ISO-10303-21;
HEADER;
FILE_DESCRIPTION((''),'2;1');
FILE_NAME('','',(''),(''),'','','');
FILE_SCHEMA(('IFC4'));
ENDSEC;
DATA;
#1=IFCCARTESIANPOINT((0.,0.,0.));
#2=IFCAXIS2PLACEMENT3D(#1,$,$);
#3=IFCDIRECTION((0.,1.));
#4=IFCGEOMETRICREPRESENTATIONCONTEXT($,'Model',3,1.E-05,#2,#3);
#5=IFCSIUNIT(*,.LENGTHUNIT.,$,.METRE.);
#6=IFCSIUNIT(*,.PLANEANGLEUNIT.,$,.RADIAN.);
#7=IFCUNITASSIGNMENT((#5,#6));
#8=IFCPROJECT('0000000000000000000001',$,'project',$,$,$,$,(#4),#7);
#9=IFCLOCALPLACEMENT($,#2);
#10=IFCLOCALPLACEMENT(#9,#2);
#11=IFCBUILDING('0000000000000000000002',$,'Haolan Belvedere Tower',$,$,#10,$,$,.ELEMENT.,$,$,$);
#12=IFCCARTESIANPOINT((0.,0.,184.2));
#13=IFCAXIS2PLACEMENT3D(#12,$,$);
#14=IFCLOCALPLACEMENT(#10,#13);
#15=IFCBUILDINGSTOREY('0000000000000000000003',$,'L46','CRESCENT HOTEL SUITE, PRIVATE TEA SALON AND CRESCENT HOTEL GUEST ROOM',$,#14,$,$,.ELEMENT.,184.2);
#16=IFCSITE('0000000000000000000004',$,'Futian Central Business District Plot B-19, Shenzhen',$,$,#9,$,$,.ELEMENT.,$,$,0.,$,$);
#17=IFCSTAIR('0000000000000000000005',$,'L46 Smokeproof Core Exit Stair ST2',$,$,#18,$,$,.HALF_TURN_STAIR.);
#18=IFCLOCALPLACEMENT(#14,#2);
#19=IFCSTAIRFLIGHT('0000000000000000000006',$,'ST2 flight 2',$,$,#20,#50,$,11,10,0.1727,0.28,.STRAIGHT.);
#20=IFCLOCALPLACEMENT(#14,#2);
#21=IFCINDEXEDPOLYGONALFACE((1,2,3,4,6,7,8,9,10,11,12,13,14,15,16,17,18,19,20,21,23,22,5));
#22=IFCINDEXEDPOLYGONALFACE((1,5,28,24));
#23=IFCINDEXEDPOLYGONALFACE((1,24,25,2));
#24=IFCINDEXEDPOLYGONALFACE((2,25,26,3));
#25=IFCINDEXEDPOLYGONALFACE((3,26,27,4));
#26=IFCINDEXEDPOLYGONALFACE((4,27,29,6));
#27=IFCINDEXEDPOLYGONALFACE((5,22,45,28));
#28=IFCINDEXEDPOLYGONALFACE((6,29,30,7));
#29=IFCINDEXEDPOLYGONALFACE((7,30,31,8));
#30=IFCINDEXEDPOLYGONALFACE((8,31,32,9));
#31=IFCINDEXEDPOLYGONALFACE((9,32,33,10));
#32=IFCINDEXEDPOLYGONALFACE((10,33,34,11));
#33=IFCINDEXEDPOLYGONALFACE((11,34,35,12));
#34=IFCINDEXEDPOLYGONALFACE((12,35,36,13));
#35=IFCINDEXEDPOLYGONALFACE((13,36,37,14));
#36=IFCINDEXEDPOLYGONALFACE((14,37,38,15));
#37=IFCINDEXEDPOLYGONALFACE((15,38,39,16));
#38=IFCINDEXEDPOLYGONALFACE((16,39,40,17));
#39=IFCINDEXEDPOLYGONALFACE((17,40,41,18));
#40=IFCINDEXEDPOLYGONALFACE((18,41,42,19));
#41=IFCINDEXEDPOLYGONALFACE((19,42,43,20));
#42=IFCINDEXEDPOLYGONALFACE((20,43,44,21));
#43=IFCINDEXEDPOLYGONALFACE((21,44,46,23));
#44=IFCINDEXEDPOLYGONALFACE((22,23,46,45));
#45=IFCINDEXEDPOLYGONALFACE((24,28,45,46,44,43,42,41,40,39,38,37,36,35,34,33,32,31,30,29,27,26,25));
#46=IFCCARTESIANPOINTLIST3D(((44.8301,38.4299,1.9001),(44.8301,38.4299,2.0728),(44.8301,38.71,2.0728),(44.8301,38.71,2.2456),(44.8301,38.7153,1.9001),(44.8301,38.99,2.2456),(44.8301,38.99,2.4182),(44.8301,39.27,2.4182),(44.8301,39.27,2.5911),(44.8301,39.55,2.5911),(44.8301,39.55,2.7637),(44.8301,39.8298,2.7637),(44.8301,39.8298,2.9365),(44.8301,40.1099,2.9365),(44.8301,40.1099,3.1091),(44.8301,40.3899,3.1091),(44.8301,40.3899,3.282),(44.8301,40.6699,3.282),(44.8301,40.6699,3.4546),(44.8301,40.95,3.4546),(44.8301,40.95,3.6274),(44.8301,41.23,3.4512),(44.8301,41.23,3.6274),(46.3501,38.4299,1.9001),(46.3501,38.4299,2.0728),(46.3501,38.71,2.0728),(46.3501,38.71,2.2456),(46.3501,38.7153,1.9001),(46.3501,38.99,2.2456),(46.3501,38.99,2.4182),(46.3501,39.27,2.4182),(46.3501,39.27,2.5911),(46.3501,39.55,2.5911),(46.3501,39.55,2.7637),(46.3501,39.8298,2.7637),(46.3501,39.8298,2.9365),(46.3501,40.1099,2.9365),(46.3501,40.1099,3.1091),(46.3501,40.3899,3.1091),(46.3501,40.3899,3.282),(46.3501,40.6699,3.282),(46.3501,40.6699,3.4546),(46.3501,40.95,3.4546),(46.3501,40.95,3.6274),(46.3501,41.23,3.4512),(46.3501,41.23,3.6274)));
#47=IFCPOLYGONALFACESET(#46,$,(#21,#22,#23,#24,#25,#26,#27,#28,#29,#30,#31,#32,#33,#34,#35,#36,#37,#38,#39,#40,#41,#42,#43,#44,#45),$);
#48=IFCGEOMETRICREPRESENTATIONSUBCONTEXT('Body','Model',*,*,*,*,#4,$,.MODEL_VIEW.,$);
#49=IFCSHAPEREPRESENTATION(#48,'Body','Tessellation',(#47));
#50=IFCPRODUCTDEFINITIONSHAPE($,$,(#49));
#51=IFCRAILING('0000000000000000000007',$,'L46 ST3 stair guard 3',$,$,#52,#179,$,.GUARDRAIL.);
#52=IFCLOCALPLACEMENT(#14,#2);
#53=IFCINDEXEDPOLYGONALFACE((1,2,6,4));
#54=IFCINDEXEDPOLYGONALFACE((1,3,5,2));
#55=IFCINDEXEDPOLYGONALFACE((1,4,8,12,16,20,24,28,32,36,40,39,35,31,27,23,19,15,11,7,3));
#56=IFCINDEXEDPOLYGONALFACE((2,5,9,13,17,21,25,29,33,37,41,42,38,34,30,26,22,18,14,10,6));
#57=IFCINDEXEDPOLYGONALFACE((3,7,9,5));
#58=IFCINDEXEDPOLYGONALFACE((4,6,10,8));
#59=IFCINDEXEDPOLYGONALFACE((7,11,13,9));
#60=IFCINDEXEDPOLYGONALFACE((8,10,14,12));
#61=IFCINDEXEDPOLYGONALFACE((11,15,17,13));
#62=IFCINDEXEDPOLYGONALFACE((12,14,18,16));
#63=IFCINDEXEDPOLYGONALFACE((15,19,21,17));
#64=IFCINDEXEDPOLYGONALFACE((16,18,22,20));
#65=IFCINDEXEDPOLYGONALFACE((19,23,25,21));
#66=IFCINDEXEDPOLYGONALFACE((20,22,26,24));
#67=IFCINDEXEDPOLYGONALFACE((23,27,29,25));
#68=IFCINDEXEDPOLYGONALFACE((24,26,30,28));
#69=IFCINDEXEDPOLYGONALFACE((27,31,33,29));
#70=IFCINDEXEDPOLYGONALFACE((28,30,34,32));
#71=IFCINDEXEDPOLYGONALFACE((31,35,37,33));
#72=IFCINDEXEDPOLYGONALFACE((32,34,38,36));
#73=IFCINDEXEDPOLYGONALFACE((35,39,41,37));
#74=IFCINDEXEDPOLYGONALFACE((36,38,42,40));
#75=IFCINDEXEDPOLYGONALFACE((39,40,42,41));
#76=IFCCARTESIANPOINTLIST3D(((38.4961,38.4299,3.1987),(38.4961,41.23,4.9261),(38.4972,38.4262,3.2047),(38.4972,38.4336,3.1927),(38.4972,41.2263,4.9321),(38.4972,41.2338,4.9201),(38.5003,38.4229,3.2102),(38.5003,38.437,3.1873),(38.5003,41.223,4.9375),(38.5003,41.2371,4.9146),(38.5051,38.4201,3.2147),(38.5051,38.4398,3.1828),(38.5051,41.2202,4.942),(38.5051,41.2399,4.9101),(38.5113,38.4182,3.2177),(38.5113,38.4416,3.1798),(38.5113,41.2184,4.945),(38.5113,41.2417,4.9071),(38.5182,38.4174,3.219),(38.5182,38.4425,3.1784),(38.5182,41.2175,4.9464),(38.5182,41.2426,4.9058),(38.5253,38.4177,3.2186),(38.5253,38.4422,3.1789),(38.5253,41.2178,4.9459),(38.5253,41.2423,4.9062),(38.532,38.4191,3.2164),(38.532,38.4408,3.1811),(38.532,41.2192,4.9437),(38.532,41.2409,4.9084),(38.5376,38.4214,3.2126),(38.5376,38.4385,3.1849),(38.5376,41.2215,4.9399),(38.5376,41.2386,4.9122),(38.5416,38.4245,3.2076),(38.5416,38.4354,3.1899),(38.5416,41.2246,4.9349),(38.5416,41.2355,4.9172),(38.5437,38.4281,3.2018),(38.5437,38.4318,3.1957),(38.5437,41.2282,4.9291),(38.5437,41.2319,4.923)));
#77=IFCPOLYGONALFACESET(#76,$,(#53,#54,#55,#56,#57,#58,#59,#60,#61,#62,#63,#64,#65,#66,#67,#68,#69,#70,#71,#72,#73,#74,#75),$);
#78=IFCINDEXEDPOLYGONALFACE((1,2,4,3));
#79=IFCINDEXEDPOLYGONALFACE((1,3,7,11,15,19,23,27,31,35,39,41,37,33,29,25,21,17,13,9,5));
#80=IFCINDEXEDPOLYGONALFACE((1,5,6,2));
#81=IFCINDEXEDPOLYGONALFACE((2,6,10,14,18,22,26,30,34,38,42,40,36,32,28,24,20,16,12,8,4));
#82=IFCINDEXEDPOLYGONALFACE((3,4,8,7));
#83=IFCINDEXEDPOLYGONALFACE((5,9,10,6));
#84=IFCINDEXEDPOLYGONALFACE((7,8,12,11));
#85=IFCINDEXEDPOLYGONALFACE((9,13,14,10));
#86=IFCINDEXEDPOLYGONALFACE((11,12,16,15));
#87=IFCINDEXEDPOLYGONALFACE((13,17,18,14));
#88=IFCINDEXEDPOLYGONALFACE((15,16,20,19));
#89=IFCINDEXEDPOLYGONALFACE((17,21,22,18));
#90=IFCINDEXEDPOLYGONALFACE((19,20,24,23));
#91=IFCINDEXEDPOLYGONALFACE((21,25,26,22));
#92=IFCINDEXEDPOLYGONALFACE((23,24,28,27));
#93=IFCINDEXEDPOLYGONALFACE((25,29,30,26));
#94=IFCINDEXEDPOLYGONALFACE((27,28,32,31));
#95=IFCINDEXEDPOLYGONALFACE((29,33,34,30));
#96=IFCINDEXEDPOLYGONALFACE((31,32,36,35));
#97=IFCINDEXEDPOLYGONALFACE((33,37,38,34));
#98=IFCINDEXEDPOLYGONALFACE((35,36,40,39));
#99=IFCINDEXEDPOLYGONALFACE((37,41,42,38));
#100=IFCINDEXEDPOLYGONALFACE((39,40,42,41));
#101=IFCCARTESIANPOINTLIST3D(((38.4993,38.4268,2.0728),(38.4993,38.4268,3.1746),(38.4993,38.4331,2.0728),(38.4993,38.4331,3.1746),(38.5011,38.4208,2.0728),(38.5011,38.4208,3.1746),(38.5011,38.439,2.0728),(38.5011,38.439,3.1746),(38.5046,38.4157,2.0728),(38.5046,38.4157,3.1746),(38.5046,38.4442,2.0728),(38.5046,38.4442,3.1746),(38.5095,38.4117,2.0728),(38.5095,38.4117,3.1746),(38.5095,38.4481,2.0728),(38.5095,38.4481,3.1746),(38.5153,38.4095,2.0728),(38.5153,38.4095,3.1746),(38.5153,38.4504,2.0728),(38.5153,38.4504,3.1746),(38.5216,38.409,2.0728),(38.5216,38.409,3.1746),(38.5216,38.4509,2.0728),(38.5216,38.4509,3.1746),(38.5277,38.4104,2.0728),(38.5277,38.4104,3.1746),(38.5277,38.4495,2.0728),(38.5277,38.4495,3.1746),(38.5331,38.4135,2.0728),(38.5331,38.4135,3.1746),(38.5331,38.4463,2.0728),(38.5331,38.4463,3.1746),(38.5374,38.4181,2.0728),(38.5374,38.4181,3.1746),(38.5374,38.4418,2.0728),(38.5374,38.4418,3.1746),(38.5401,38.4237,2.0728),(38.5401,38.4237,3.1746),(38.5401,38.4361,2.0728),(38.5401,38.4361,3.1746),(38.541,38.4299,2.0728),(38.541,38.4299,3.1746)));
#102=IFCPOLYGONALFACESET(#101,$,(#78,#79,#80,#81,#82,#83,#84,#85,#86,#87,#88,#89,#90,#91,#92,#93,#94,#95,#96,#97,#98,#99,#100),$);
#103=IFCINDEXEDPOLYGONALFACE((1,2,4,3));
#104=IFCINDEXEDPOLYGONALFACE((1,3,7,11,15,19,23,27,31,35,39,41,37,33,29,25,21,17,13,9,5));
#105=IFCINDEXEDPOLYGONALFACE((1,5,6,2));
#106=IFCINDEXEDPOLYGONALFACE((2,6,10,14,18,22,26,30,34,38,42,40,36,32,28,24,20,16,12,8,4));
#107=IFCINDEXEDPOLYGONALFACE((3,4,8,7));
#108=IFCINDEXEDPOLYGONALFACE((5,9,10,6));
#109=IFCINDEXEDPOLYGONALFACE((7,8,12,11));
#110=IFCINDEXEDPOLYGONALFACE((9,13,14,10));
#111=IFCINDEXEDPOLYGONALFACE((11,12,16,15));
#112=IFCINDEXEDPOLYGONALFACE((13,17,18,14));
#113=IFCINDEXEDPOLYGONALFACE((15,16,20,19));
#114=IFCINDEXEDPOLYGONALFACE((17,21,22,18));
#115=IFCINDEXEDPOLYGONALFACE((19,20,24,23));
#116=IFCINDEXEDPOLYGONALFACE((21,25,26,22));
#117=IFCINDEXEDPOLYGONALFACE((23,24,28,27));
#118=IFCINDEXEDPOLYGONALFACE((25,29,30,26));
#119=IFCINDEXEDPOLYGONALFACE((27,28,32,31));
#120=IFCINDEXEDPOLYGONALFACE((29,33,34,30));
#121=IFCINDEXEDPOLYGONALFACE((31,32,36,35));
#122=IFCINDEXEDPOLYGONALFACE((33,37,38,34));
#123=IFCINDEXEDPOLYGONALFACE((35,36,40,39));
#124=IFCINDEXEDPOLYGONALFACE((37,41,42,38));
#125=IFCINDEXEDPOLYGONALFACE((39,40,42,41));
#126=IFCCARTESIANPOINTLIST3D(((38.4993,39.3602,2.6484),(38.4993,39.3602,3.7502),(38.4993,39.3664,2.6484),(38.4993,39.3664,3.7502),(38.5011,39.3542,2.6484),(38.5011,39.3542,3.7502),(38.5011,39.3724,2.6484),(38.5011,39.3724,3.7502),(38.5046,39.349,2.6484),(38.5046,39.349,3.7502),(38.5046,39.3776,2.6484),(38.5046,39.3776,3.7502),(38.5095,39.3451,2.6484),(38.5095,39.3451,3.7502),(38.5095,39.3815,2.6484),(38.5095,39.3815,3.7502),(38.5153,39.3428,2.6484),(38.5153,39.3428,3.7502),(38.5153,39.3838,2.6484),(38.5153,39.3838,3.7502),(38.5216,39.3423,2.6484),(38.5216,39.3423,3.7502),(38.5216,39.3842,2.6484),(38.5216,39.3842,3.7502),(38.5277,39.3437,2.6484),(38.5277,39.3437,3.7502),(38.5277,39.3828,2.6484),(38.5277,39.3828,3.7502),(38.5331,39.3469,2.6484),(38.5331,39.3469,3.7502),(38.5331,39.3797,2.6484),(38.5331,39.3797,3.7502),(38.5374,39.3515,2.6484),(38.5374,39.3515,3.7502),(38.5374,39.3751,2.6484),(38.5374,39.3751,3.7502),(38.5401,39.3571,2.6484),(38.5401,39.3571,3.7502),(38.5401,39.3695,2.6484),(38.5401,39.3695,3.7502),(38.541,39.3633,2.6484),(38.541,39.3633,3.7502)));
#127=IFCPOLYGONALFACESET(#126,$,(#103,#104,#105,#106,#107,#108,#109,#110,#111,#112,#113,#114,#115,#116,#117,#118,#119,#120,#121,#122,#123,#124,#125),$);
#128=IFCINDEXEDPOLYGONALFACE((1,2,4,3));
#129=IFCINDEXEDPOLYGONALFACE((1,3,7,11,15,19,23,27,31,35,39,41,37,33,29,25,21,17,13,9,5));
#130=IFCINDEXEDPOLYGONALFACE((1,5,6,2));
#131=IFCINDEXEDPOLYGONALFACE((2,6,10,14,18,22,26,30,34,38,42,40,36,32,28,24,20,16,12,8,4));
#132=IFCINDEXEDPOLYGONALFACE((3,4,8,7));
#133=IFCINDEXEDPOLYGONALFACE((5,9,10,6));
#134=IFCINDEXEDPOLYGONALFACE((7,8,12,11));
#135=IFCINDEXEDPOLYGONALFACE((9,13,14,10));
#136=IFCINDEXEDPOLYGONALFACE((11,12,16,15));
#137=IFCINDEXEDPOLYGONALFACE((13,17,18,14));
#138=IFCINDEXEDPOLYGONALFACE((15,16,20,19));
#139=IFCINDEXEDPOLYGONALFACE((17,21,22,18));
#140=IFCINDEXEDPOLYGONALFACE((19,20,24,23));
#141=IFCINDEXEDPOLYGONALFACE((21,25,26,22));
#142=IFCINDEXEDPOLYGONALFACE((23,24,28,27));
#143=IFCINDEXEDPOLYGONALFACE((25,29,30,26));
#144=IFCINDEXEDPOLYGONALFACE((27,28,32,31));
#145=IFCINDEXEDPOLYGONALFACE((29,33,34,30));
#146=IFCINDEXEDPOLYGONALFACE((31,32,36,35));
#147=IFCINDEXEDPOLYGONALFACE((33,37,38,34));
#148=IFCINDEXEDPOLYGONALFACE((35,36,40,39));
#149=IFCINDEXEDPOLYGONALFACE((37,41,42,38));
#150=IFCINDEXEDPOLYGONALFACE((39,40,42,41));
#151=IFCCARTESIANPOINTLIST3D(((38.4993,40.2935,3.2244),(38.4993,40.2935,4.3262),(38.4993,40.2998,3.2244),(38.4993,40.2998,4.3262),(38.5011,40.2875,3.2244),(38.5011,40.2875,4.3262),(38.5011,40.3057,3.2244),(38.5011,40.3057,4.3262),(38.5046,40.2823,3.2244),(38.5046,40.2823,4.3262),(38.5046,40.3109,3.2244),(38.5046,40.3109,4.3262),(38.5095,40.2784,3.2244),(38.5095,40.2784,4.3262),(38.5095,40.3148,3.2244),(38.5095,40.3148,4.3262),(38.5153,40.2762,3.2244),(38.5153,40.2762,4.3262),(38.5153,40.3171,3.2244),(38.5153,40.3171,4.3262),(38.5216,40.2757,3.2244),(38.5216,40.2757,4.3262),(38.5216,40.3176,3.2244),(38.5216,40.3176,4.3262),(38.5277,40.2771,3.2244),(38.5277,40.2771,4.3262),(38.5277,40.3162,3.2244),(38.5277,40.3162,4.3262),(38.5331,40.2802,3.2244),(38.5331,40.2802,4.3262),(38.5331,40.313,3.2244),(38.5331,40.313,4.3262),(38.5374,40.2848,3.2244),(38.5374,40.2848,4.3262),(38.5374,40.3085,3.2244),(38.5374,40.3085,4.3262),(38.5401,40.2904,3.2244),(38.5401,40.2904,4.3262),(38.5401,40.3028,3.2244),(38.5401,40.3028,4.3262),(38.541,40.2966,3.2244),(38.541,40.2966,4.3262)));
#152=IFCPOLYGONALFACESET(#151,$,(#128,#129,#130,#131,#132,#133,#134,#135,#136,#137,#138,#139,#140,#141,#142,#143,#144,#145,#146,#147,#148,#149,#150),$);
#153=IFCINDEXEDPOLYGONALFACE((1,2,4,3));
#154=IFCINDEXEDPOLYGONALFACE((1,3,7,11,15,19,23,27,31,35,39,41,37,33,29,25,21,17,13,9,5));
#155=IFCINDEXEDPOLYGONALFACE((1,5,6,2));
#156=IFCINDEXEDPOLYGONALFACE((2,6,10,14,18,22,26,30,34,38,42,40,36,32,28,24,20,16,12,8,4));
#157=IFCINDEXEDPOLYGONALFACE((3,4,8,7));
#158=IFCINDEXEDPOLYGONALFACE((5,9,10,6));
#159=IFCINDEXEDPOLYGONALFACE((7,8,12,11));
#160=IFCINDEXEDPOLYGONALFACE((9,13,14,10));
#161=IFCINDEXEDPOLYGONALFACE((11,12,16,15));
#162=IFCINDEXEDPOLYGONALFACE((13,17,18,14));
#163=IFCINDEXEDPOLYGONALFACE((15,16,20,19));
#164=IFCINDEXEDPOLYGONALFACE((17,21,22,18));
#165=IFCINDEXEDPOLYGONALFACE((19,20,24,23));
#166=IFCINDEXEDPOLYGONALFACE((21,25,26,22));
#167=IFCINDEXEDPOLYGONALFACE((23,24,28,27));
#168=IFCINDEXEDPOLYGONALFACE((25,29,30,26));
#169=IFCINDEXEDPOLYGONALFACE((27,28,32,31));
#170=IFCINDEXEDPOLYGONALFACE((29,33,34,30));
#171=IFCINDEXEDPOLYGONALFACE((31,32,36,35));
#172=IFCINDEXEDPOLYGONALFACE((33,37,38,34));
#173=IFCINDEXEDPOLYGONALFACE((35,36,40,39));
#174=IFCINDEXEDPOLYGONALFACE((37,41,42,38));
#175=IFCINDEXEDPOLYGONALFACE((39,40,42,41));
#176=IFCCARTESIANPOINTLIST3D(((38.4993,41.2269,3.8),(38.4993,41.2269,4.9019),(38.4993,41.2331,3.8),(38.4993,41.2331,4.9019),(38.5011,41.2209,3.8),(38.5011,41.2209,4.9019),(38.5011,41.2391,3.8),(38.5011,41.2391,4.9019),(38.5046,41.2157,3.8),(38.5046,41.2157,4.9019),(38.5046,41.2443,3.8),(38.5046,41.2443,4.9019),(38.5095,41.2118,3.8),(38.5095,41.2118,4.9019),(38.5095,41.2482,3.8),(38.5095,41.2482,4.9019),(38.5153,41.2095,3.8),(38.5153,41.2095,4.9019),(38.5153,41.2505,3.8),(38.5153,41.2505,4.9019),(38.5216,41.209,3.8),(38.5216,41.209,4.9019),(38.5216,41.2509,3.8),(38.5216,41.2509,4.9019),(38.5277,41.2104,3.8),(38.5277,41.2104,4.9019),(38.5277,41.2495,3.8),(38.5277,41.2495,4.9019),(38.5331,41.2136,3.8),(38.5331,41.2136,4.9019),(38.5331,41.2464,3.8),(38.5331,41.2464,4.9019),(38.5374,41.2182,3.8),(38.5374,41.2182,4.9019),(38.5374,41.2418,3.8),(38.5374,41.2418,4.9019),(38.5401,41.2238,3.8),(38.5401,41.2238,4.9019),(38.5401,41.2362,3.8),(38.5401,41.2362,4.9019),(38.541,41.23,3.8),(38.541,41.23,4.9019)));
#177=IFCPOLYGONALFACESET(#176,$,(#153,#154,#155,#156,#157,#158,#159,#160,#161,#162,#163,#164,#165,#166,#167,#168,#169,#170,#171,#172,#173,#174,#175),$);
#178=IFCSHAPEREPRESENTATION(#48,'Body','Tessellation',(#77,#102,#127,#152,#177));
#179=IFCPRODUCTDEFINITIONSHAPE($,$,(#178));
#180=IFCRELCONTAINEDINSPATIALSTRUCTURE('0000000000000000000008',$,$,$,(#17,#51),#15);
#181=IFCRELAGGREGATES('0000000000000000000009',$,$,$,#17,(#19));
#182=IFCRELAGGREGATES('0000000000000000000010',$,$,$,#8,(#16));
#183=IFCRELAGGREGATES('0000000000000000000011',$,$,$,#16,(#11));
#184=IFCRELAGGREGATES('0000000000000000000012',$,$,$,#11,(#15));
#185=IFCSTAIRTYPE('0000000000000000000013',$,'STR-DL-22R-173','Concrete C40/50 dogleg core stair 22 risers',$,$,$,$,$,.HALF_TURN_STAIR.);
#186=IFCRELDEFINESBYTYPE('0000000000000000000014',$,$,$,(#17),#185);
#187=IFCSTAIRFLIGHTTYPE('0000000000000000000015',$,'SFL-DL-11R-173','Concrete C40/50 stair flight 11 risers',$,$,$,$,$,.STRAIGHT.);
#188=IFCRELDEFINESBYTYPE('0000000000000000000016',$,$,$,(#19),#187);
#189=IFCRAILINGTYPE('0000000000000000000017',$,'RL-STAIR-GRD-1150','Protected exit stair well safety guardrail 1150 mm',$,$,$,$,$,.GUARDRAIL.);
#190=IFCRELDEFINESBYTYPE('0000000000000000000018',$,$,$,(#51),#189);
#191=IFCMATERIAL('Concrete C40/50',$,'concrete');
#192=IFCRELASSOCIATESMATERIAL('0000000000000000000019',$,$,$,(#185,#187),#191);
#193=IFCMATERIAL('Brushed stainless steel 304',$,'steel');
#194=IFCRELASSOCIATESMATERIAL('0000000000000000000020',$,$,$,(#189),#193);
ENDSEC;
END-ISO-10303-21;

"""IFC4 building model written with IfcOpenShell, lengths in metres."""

from ifc_helpers import new_model, si_unit, direction, frame, origin, origin_2d, place, context, subcontext, project, spatial, polyline, circle, outline, extrude, material, type_object, element, aggregate, save


model = new_model("IFC4")

# Units and contexts
model_context = context("Model", 3, precision=1e-05, world=origin(), true_north=direction((0.0, 1.0)))
body_context = subcontext(model_context, "Body", "Model", "MODEL_VIEW")
ifc_project = project(units=[si_unit("LENGTHUNIT", "METRE"), si_unit("PLANEANGLEUNIT", "RADIAN")], contexts=[model_context])

# Site, building, storey
site_placement = place(None, origin())
site = spatial("IfcSite", under=ifc_project, at=site_placement, Name="Futian Central Business District Plot B-19, Shenzhen", CompositionType="ELEMENT", RefElevation=0.0)
building_placement = place(site_placement, origin())
building = spatial("IfcBuilding", under=site, at=building_placement, Name="Haolan Belvedere Tower", CompositionType="ELEMENT")
storey_placement = place(building_placement, frame((0.0, 0.0, 184.2)))
storey = spatial("IfcBuildingStorey", under=building, at=storey_placement, Name="L46", Description="CRESCENT HOTEL SUITE, PRIVATE TEA SALON AND CRESCENT HOTEL GUEST ROOM", CompositionType="ELEMENT", Elevation=184.2)

# Shared definitions
ifc_material_1 = material(Name="Concrete C40/50", Category="concrete")
stair_type = type_object("IfcStairType", Name="STR-DL-22R-173", Description="Concrete C40/50 dogleg core stair 22 risers", PredefinedType="HALF_TURN_STAIR", material=ifc_material_1)
stair_flight_type = type_object("IfcStairFlightType", Name="SFL-DL-11R-173", Description="Concrete C40/50 stair flight 11 risers", PredefinedType="STRAIGHT", material=ifc_material_1)

# Stair, stair flight
stair_1_placement = place(storey_placement, origin())
stair_1 = element("IfcStair", 1, at=stair_1_placement, inside=storey, type_object=stair_type, Name="L46 Smokeproof Core Exit Stair ST2", PredefinedType="HALF_TURN_STAIR")
stair_flight_1_placement = place(storey_placement, frame((45.5901, 38.4299, 1.9001), z_axis=(0.0, 0.0, 1.0), x_axis=(0.0, 1.0, 0.0)))
stair_flight_1 = element("IfcStairFlight", 2, at=stair_flight_1_placement, type_object=stair_flight_type, Name="ST2 flight 2", NumberOfRisers=11, NumberOfTreads=10, PredefinedType="STRAIGHT", RiserHeight=0.1727, TreadLength=0.28, context=body_context, shape_type="SweptSolid", body=[
    extrude(outline(polyline([(0.0, 0.0), (0.0, 0.1726), (0.28, 0.1726), (0.28, 0.3455), (0.5601, 0.3455), (0.5601, 0.5181), (0.8401, 0.5181), (0.8401, 0.6909), (1.1201, 0.6909), (1.1201, 0.8635), (1.3999, 0.8635), (1.3999, 1.0364), (1.6799, 1.0364), (1.6799, 1.209), (1.96, 1.209), (1.96, 1.3818), (2.24, 1.3818), (2.24, 1.5544), (2.52, 1.5544), (2.52, 1.7273), (2.8, 1.7273), (2.8, 1.8999), (2.8, 1.551), (0.2854, 0.0), (0.0, 0.0)])), frame((0.0, 0.76, 0.0), z_axis=(0.0, -1.0, 0.0), x_axis=(1.0, 0.0, 0.0)), (0.0, 0.0, 1.0), 1.52),
])
aggregate(stair_1, [stair_flight_1])

# Railing
ifc_material_2 = material(Name="Brushed stainless steel 304", Category="steel")
railing_type_1 = type_object("IfcRailingType", Name="RL-STAIR-GRD-1150", Description="Protected exit stair well safety guardrail 1150 mm", PredefinedType="GUARDRAIL", material=ifc_material_2)
railing_1_placement = place(storey_placement, frame((38.52, 38.4299, 2.0728)))
element("IfcRailing", 3, at=railing_1_placement, inside=storey, type_object=railing_type_1, Name="L46 ST3 stair guard 3", PredefinedType="GUARDRAIL", context=body_context, shape_type="SweptSolid", body=[
    extrude(circle(Radius=0.0239, at=origin_2d()), frame((0.0, 0.0, 1.126), z_axis=(0.0, 0.85109, 0.52502), x_axis=(-1.0, 0.0, 0.0)), (0.0, 0.0, 1.0), 3.29),
    extrude(circle(Radius=0.021, at=origin_2d()), origin(), (0.0, 0.0, 1.0), 1.1018),
    extrude(circle(Radius=0.021, at=origin_2d()), frame((0.0, 0.9333, 0.5757)), (0.0, 0.0, 1.0), 1.1018),
    extrude(circle(Radius=0.021, at=origin_2d()), frame((0.0, 1.8667, 1.1516)), (0.0, 0.0, 1.0), 1.1018),
    extrude(circle(Radius=0.021, at=origin_2d()), frame((0.0, 2.8, 1.7273)), (0.0, 0.0, 1.0), 1.1018),
])

save(model, "model.ifc")
